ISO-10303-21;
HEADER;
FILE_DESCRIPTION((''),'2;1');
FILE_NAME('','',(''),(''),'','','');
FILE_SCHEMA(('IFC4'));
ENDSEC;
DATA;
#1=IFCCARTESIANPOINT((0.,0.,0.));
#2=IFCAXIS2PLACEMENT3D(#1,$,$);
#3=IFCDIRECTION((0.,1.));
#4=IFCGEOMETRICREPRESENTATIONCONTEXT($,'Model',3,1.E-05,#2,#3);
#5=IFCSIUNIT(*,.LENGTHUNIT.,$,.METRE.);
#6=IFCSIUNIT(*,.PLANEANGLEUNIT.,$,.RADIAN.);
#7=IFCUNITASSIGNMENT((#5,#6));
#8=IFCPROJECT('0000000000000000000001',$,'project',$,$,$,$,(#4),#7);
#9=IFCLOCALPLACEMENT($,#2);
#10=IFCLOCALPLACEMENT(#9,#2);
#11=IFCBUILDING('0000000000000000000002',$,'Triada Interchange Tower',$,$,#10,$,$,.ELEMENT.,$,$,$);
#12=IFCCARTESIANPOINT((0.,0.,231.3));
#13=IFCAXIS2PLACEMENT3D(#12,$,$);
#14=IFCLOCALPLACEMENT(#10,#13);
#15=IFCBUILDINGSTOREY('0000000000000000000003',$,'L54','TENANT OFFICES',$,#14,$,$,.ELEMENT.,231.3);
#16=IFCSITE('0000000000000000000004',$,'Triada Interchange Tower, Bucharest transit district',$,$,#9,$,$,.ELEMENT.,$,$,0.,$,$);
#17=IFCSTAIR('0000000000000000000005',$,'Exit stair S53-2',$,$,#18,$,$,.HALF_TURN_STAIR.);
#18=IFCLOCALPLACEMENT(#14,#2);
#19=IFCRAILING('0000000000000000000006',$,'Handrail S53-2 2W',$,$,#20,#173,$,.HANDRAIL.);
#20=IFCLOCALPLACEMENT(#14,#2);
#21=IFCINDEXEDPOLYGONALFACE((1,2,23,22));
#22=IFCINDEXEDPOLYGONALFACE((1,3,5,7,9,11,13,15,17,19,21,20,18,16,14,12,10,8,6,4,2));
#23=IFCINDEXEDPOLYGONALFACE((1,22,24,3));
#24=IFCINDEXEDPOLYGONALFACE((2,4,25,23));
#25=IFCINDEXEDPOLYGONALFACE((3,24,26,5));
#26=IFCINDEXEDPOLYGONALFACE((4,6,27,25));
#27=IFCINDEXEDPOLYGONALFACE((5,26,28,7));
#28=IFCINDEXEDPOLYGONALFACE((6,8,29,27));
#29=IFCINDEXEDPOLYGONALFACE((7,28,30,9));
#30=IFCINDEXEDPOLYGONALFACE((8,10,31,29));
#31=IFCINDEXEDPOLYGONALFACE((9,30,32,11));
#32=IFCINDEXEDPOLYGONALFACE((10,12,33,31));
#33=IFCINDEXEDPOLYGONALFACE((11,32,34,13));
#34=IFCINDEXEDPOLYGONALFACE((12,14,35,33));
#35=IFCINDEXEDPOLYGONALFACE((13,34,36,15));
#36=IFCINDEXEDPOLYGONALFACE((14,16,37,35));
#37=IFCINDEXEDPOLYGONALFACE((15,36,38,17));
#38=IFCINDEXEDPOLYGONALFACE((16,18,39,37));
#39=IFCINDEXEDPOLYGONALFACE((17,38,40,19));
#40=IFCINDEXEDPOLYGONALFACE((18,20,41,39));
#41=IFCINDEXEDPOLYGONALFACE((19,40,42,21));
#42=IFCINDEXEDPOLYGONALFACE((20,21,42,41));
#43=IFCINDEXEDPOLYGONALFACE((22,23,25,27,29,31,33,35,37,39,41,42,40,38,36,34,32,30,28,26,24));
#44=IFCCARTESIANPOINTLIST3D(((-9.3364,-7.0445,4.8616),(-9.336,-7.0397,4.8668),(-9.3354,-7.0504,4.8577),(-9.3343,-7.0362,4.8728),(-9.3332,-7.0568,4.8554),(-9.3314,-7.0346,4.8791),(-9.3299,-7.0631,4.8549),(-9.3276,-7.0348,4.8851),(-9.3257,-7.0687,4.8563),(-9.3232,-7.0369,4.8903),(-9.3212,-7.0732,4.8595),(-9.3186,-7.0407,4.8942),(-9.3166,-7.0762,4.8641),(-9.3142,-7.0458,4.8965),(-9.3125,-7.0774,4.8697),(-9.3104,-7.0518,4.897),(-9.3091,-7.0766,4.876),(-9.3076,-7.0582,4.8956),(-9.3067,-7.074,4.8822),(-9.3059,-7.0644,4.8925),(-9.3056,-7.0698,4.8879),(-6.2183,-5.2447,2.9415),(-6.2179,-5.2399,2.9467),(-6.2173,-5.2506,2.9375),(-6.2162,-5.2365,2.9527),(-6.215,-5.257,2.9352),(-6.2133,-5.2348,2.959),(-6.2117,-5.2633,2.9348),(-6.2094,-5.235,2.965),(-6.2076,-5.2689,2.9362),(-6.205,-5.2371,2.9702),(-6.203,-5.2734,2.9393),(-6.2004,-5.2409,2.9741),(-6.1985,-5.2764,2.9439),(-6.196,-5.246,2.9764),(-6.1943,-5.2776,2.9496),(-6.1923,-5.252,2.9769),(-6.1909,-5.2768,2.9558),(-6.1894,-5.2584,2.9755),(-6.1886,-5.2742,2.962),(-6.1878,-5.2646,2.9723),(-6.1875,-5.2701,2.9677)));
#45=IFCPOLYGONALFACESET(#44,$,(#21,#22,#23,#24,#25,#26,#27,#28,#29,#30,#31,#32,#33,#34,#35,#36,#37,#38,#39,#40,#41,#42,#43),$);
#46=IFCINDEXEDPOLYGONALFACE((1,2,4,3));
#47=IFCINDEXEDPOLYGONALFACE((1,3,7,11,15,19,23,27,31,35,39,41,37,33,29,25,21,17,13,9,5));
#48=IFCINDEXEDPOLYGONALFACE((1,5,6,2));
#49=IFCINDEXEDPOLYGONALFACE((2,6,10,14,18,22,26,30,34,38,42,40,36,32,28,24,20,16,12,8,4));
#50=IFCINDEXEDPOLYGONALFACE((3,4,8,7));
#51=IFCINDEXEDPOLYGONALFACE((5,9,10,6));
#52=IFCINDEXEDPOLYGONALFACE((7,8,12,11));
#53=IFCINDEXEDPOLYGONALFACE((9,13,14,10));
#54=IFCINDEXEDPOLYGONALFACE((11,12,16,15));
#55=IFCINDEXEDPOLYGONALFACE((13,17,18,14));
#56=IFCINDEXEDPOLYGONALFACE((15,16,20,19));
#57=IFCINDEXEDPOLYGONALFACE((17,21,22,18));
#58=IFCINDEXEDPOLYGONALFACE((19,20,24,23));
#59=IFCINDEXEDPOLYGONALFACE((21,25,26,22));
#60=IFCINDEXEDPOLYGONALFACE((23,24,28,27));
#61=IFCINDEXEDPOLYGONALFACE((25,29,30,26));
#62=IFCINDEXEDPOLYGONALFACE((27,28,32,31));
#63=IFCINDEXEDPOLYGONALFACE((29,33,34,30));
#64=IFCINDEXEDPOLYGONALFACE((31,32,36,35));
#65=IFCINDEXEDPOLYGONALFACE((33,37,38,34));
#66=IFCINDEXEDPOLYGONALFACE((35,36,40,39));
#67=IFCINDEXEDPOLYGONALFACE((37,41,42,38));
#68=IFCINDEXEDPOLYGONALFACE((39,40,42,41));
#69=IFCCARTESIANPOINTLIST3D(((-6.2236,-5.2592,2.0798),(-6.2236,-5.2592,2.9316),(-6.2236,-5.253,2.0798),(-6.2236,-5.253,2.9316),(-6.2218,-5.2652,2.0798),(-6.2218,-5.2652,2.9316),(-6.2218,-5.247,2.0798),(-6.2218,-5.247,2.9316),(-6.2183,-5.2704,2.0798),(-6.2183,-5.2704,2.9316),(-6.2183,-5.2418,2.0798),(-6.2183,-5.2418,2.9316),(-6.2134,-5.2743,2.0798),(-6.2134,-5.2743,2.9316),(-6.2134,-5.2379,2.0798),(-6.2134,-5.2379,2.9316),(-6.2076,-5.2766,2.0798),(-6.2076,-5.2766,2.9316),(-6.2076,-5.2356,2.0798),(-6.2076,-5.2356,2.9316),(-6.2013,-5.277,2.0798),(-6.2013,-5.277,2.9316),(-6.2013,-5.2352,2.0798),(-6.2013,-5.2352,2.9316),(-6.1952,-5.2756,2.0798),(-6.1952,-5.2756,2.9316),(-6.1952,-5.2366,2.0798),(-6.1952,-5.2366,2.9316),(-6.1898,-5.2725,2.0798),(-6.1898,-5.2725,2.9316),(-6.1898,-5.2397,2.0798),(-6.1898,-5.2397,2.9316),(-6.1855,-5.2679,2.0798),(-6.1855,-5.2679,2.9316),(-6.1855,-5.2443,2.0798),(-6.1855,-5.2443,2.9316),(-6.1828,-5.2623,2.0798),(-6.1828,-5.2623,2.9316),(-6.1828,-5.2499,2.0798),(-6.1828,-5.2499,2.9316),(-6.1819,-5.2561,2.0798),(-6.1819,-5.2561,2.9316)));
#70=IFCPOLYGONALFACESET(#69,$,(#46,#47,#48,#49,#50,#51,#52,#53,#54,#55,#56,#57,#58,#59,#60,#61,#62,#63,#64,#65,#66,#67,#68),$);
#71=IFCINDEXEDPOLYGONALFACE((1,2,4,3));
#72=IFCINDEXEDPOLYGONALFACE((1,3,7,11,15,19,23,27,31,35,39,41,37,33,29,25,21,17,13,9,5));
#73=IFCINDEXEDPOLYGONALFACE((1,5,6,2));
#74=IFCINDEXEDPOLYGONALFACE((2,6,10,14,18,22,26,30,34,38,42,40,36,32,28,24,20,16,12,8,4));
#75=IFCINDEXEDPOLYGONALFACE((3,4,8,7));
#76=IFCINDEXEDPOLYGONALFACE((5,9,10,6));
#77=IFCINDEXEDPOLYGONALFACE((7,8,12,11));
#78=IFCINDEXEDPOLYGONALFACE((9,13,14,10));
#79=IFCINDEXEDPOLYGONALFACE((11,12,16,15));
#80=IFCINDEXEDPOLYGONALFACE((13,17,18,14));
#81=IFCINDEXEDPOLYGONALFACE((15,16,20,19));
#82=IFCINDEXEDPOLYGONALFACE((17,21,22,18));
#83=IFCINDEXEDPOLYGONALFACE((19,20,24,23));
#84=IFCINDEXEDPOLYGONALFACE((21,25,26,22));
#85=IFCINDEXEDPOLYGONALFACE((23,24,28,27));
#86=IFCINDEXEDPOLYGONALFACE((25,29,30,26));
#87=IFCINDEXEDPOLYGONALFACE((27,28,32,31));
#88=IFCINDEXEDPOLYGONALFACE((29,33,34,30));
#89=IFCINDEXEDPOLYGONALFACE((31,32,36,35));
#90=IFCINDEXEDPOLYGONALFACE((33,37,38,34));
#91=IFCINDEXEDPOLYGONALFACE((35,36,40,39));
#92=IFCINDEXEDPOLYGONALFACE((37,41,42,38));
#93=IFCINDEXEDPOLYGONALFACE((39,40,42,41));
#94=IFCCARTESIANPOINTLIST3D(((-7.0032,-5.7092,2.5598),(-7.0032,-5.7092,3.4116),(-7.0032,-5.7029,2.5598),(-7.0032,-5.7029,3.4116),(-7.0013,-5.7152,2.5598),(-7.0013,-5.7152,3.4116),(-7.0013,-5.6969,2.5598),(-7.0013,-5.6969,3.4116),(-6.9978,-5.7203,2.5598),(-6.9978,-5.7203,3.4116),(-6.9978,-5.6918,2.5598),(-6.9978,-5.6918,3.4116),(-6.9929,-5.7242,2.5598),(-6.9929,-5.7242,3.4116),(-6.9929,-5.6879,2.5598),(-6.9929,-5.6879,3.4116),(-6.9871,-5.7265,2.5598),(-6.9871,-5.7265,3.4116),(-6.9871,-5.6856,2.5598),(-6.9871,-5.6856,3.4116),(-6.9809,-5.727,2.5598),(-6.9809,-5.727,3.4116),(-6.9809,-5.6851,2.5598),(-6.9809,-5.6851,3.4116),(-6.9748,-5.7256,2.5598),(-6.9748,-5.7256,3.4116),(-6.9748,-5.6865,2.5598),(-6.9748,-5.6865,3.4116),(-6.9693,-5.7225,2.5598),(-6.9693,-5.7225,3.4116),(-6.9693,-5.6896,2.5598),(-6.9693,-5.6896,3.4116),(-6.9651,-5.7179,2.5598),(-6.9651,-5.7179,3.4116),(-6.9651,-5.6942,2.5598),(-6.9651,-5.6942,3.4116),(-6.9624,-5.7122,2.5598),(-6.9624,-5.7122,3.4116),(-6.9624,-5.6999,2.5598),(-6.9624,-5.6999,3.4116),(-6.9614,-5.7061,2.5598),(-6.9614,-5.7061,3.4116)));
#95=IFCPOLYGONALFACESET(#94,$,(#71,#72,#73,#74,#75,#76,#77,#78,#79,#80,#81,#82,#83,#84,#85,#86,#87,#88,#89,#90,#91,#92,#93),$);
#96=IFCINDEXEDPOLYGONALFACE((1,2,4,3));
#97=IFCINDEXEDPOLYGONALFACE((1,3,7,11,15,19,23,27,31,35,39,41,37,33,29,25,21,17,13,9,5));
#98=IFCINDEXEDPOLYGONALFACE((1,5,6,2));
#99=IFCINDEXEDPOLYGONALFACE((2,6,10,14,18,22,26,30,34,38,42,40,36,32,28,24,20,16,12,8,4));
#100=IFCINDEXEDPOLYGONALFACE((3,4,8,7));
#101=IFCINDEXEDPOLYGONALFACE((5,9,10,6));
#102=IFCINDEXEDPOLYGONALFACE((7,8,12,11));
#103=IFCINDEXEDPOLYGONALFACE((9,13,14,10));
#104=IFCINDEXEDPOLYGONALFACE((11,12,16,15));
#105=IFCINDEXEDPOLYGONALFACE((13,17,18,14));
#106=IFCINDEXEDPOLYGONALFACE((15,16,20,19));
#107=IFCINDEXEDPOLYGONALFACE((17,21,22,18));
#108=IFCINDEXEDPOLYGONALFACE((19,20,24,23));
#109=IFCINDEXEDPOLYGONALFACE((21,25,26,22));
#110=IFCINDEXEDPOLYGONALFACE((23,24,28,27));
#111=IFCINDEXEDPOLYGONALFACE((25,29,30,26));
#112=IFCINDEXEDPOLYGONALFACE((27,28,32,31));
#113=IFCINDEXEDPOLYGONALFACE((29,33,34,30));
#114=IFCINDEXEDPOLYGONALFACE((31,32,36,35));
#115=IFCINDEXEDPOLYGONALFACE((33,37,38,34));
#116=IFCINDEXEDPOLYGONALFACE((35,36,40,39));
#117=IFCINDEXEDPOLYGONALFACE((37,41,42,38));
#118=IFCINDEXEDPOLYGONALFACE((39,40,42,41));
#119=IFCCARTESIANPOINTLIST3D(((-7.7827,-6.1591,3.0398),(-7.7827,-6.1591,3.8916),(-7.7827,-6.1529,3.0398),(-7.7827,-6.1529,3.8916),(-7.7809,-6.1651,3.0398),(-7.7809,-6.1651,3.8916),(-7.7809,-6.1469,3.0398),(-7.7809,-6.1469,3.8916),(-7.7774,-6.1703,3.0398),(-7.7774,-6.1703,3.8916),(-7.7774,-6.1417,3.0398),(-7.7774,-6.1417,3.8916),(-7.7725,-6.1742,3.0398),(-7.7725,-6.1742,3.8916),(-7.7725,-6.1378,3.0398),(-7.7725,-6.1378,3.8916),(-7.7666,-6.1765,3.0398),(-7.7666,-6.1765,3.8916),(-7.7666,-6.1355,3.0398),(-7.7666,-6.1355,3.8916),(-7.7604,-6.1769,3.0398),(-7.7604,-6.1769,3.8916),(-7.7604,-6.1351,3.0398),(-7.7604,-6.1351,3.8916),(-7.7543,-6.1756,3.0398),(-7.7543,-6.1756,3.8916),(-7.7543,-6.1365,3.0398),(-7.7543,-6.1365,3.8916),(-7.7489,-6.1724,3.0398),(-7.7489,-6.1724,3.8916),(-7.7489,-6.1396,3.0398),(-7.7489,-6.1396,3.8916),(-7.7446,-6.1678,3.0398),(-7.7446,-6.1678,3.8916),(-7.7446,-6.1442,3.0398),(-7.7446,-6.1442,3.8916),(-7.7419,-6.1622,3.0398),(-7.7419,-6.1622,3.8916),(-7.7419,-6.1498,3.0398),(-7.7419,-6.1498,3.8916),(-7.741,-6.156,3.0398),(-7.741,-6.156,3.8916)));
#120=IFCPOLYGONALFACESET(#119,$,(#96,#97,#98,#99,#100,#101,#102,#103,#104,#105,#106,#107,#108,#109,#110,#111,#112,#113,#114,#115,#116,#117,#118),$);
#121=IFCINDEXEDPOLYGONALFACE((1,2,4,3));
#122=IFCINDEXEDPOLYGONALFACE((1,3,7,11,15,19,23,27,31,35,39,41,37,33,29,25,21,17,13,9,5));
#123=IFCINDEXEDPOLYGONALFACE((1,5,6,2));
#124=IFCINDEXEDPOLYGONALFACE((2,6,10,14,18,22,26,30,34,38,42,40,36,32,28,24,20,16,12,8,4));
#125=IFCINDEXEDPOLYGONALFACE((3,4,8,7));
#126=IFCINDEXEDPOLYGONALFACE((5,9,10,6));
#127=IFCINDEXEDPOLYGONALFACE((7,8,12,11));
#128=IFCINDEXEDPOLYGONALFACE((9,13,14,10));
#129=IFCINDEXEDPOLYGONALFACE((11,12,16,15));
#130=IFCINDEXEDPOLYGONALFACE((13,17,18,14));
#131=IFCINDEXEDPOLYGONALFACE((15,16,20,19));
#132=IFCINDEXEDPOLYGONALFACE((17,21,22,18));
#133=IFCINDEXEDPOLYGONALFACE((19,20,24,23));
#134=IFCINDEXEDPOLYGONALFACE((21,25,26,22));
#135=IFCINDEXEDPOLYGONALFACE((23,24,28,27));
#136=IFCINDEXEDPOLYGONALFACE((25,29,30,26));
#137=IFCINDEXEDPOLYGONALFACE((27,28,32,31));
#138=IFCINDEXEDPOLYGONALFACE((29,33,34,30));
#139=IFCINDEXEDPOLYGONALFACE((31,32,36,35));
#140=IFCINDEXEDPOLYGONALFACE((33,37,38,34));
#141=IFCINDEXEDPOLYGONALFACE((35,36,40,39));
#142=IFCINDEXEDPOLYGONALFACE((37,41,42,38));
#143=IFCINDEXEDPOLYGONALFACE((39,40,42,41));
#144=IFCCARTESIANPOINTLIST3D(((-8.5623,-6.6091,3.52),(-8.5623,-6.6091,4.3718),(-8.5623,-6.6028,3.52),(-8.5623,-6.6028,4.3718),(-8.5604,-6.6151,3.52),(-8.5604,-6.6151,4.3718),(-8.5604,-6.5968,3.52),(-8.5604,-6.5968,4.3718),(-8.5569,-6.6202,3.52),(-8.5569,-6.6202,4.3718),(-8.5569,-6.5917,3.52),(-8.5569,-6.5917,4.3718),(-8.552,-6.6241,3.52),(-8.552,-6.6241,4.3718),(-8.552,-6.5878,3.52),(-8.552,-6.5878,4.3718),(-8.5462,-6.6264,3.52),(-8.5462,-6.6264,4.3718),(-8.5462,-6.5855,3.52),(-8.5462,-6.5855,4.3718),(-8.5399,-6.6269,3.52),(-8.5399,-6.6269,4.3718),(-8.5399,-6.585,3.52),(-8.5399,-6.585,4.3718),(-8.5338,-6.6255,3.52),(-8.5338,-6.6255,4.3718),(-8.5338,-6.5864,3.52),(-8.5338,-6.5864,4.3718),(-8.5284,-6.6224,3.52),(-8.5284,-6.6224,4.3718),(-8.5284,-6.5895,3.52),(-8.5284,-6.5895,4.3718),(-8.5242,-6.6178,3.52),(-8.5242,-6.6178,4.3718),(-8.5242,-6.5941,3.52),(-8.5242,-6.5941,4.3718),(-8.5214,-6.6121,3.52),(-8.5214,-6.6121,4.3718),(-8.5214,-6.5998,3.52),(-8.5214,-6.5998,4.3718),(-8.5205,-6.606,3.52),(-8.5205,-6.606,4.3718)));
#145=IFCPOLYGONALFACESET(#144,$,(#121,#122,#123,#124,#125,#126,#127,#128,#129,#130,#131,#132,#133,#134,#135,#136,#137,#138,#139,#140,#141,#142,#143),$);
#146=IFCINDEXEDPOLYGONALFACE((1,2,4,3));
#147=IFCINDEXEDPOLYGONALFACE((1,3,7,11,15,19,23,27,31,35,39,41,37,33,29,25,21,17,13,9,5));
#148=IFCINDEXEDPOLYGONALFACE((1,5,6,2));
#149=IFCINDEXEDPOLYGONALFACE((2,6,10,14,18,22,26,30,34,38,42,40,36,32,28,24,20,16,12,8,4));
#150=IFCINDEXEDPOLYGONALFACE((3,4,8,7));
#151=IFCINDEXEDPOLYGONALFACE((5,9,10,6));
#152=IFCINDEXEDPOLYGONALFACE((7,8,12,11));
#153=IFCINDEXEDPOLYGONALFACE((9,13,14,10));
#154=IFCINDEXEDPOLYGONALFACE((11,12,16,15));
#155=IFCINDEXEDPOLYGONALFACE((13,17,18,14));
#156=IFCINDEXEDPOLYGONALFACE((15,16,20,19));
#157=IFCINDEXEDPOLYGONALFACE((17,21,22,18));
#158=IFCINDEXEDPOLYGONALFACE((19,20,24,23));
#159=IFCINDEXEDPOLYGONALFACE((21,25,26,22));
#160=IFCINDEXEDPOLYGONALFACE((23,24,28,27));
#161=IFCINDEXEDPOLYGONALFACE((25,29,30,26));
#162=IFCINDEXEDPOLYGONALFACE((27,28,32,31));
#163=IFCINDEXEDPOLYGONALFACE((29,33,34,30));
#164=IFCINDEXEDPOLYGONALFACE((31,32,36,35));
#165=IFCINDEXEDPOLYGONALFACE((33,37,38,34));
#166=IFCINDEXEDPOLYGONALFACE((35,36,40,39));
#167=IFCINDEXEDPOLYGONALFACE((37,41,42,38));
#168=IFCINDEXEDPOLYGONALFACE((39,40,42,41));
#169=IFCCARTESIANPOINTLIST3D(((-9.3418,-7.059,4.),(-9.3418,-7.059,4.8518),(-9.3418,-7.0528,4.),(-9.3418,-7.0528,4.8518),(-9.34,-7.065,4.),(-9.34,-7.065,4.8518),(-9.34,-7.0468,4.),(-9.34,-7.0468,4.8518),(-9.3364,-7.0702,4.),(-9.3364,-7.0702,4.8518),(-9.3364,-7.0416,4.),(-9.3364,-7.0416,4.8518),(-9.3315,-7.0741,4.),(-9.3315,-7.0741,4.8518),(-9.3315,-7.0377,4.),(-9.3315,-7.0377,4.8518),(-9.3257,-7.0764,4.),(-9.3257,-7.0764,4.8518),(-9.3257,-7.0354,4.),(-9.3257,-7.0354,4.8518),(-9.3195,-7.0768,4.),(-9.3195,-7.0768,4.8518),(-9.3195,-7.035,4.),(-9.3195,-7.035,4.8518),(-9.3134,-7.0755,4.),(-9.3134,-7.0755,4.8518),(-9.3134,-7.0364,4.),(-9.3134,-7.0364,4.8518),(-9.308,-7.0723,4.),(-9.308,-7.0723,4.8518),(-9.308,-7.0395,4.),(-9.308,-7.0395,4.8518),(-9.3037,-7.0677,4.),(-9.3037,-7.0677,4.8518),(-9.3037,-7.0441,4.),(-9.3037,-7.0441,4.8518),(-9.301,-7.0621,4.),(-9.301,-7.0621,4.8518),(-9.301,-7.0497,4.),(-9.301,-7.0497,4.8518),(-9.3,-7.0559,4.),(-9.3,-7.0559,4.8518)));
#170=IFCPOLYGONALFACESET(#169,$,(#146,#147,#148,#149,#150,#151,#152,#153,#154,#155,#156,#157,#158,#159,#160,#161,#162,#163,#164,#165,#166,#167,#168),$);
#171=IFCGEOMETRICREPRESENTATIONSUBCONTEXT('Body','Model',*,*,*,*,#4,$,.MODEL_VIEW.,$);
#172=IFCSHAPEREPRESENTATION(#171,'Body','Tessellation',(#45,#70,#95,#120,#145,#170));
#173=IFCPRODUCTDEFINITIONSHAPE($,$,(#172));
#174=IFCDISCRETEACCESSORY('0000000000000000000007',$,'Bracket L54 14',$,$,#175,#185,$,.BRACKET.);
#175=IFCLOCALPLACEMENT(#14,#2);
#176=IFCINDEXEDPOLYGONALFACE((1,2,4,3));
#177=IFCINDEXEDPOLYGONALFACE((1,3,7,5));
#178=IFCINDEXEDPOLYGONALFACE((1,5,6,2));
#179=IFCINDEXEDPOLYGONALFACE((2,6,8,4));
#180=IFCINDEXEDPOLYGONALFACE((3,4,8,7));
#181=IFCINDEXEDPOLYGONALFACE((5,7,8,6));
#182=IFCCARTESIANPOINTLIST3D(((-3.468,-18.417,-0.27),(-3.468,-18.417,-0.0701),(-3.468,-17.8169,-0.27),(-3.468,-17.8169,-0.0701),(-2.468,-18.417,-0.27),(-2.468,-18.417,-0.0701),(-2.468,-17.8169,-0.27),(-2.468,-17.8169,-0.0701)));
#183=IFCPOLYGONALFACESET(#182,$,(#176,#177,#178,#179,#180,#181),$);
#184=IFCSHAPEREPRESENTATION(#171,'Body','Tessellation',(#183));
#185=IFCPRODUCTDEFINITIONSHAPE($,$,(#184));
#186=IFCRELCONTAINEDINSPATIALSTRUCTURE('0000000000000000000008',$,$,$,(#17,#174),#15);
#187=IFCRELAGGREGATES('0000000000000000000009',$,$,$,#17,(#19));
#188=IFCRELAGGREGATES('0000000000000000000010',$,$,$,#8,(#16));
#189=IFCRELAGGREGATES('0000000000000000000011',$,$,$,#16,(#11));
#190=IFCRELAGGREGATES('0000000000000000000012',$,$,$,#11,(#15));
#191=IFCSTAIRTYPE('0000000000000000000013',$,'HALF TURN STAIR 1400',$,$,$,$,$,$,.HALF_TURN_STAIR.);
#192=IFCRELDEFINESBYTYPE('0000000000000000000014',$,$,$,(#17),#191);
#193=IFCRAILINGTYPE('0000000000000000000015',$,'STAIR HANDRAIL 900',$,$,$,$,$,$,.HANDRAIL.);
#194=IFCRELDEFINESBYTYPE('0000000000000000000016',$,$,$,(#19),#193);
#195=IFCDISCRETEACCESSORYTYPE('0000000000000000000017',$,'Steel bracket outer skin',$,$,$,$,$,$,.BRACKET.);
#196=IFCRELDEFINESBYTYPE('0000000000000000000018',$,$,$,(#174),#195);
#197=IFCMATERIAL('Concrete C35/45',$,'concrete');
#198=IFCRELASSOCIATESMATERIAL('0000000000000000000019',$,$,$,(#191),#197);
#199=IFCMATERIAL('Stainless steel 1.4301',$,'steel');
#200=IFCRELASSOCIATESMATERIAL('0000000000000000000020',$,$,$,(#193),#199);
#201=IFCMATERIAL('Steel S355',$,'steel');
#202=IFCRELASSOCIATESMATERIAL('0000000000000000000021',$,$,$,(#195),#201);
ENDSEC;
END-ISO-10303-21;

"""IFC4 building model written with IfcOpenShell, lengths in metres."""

from ifc_helpers import new_model, si_unit, direction, frame, origin, origin_2d, place, context, subcontext, project, spatial, rectangle, circle, extrude, material, type_object, element, aggregate, save


model = new_model("IFC4")

# Units and contexts
model_context = context("Model", 3, precision=1e-05, world=origin(), true_north=direction((0.0, 1.0)))
body_context = subcontext(model_context, "Body", "Model", "MODEL_VIEW")
ifc_project = project(units=[si_unit("LENGTHUNIT", "METRE"), si_unit("PLANEANGLEUNIT", "RADIAN")], contexts=[model_context])

# Site, building, storey
site_placement = place(None, origin())
site = spatial("IfcSite", under=ifc_project, at=site_placement, Name="Triada Interchange Tower, Bucharest transit district", CompositionType="ELEMENT", RefElevation=0.0)
building_placement = place(site_placement, origin())
building = spatial("IfcBuilding", under=site, at=building_placement, Name="Triada Interchange Tower", CompositionType="ELEMENT")
storey_placement = place(building_placement, frame((0.0, 0.0, 231.3)))
storey = spatial("IfcBuildingStorey", under=building, at=storey_placement, Name="L54", Description="TENANT OFFICES", CompositionType="ELEMENT", Elevation=231.3)

# Stair, railing
ifc_material_1 = material(Name="Concrete C35/45", Category="concrete")
stair_type = type_object("IfcStairType", Name="HALF TURN STAIR 1400", PredefinedType="HALF_TURN_STAIR", material=ifc_material_1)
stair_placement = place(storey_placement, origin())
stair = element("IfcStair", 1, at=stair_placement, inside=storey, type_object=stair_type, Name="Exit stair S53-2", PredefinedType="HALF_TURN_STAIR")
ifc_material_2 = material(Name="Stainless steel 1.4301", Category="steel")
railing_type = type_object("IfcRailingType", Name="STAIR HANDRAIL 900", PredefinedType="HANDRAIL", material=ifc_material_2)
railing_placement = place(storey_placement, frame((-6.2029, -5.2561, 2.0798)))
railing = element("IfcRailing", 2, at=railing_placement, type_object=railing_type, Name="Handrail S53-2 2W", PredefinedType="HANDRAIL", context=body_context, shape_type="SweptSolid", body=[
    extrude(circle(Radius=0.0239, at=origin_2d()), frame((0.0, 0.0, 0.876), z_axis=(-0.76419, -0.44109, 0.470588), x_axis=(0.499902, -0.866082, 0.0)), (0.0, 0.0, 1.0), 4.0803),
    extrude(circle(Radius=0.021, at=origin_2d()), origin(), (0.0, 0.0, 1.0), 0.8518),
    extrude(circle(Radius=0.021, at=origin_2d()), frame((-0.7795, -0.45, 0.48)), (0.0, 0.0, 1.0), 0.8518),
    extrude(circle(Radius=0.021, at=origin_2d()), frame((-1.5591, -0.8999, 0.96)), (0.0, 0.0, 1.0), 0.8518),
    extrude(circle(Radius=0.021, at=origin_2d()), frame((-2.3386, -1.3499, 1.4402)), (0.0, 0.0, 1.0), 0.8518),
    extrude(circle(Radius=0.021, at=origin_2d()), frame((-3.1182, -1.7998, 1.9202)), (0.0, 0.0, 1.0), 0.8518),
])
aggregate(stair, [railing])

# Discrete accessory
ifc_material_3 = material(Name="Steel S355", Category="steel")
discrete_accessory_type = type_object("IfcDiscreteAccessoryType", Name="Steel bracket outer skin", PredefinedType="BRACKET", material=ifc_material_3)
discrete_accessory_placement = place(storey_placement, frame((-2.968, -18.1169, -0.27), z_axis=(0.0, 0.0, 1.0), x_axis=(0.0, -1.0, 0.0)))
element("IfcDiscreteAccessory", 3, at=discrete_accessory_placement, inside=storey, type_object=discrete_accessory_type, Name="Bracket L54 14", PredefinedType="BRACKET", context=body_context, shape_type="SweptSolid", body=[
    extrude(rectangle(XDim=0.6001, YDim=1.0, at=origin_2d()), origin(), (0.0, 0.0, 1.0), 0.2),
])

save(model, "model.ifc")
